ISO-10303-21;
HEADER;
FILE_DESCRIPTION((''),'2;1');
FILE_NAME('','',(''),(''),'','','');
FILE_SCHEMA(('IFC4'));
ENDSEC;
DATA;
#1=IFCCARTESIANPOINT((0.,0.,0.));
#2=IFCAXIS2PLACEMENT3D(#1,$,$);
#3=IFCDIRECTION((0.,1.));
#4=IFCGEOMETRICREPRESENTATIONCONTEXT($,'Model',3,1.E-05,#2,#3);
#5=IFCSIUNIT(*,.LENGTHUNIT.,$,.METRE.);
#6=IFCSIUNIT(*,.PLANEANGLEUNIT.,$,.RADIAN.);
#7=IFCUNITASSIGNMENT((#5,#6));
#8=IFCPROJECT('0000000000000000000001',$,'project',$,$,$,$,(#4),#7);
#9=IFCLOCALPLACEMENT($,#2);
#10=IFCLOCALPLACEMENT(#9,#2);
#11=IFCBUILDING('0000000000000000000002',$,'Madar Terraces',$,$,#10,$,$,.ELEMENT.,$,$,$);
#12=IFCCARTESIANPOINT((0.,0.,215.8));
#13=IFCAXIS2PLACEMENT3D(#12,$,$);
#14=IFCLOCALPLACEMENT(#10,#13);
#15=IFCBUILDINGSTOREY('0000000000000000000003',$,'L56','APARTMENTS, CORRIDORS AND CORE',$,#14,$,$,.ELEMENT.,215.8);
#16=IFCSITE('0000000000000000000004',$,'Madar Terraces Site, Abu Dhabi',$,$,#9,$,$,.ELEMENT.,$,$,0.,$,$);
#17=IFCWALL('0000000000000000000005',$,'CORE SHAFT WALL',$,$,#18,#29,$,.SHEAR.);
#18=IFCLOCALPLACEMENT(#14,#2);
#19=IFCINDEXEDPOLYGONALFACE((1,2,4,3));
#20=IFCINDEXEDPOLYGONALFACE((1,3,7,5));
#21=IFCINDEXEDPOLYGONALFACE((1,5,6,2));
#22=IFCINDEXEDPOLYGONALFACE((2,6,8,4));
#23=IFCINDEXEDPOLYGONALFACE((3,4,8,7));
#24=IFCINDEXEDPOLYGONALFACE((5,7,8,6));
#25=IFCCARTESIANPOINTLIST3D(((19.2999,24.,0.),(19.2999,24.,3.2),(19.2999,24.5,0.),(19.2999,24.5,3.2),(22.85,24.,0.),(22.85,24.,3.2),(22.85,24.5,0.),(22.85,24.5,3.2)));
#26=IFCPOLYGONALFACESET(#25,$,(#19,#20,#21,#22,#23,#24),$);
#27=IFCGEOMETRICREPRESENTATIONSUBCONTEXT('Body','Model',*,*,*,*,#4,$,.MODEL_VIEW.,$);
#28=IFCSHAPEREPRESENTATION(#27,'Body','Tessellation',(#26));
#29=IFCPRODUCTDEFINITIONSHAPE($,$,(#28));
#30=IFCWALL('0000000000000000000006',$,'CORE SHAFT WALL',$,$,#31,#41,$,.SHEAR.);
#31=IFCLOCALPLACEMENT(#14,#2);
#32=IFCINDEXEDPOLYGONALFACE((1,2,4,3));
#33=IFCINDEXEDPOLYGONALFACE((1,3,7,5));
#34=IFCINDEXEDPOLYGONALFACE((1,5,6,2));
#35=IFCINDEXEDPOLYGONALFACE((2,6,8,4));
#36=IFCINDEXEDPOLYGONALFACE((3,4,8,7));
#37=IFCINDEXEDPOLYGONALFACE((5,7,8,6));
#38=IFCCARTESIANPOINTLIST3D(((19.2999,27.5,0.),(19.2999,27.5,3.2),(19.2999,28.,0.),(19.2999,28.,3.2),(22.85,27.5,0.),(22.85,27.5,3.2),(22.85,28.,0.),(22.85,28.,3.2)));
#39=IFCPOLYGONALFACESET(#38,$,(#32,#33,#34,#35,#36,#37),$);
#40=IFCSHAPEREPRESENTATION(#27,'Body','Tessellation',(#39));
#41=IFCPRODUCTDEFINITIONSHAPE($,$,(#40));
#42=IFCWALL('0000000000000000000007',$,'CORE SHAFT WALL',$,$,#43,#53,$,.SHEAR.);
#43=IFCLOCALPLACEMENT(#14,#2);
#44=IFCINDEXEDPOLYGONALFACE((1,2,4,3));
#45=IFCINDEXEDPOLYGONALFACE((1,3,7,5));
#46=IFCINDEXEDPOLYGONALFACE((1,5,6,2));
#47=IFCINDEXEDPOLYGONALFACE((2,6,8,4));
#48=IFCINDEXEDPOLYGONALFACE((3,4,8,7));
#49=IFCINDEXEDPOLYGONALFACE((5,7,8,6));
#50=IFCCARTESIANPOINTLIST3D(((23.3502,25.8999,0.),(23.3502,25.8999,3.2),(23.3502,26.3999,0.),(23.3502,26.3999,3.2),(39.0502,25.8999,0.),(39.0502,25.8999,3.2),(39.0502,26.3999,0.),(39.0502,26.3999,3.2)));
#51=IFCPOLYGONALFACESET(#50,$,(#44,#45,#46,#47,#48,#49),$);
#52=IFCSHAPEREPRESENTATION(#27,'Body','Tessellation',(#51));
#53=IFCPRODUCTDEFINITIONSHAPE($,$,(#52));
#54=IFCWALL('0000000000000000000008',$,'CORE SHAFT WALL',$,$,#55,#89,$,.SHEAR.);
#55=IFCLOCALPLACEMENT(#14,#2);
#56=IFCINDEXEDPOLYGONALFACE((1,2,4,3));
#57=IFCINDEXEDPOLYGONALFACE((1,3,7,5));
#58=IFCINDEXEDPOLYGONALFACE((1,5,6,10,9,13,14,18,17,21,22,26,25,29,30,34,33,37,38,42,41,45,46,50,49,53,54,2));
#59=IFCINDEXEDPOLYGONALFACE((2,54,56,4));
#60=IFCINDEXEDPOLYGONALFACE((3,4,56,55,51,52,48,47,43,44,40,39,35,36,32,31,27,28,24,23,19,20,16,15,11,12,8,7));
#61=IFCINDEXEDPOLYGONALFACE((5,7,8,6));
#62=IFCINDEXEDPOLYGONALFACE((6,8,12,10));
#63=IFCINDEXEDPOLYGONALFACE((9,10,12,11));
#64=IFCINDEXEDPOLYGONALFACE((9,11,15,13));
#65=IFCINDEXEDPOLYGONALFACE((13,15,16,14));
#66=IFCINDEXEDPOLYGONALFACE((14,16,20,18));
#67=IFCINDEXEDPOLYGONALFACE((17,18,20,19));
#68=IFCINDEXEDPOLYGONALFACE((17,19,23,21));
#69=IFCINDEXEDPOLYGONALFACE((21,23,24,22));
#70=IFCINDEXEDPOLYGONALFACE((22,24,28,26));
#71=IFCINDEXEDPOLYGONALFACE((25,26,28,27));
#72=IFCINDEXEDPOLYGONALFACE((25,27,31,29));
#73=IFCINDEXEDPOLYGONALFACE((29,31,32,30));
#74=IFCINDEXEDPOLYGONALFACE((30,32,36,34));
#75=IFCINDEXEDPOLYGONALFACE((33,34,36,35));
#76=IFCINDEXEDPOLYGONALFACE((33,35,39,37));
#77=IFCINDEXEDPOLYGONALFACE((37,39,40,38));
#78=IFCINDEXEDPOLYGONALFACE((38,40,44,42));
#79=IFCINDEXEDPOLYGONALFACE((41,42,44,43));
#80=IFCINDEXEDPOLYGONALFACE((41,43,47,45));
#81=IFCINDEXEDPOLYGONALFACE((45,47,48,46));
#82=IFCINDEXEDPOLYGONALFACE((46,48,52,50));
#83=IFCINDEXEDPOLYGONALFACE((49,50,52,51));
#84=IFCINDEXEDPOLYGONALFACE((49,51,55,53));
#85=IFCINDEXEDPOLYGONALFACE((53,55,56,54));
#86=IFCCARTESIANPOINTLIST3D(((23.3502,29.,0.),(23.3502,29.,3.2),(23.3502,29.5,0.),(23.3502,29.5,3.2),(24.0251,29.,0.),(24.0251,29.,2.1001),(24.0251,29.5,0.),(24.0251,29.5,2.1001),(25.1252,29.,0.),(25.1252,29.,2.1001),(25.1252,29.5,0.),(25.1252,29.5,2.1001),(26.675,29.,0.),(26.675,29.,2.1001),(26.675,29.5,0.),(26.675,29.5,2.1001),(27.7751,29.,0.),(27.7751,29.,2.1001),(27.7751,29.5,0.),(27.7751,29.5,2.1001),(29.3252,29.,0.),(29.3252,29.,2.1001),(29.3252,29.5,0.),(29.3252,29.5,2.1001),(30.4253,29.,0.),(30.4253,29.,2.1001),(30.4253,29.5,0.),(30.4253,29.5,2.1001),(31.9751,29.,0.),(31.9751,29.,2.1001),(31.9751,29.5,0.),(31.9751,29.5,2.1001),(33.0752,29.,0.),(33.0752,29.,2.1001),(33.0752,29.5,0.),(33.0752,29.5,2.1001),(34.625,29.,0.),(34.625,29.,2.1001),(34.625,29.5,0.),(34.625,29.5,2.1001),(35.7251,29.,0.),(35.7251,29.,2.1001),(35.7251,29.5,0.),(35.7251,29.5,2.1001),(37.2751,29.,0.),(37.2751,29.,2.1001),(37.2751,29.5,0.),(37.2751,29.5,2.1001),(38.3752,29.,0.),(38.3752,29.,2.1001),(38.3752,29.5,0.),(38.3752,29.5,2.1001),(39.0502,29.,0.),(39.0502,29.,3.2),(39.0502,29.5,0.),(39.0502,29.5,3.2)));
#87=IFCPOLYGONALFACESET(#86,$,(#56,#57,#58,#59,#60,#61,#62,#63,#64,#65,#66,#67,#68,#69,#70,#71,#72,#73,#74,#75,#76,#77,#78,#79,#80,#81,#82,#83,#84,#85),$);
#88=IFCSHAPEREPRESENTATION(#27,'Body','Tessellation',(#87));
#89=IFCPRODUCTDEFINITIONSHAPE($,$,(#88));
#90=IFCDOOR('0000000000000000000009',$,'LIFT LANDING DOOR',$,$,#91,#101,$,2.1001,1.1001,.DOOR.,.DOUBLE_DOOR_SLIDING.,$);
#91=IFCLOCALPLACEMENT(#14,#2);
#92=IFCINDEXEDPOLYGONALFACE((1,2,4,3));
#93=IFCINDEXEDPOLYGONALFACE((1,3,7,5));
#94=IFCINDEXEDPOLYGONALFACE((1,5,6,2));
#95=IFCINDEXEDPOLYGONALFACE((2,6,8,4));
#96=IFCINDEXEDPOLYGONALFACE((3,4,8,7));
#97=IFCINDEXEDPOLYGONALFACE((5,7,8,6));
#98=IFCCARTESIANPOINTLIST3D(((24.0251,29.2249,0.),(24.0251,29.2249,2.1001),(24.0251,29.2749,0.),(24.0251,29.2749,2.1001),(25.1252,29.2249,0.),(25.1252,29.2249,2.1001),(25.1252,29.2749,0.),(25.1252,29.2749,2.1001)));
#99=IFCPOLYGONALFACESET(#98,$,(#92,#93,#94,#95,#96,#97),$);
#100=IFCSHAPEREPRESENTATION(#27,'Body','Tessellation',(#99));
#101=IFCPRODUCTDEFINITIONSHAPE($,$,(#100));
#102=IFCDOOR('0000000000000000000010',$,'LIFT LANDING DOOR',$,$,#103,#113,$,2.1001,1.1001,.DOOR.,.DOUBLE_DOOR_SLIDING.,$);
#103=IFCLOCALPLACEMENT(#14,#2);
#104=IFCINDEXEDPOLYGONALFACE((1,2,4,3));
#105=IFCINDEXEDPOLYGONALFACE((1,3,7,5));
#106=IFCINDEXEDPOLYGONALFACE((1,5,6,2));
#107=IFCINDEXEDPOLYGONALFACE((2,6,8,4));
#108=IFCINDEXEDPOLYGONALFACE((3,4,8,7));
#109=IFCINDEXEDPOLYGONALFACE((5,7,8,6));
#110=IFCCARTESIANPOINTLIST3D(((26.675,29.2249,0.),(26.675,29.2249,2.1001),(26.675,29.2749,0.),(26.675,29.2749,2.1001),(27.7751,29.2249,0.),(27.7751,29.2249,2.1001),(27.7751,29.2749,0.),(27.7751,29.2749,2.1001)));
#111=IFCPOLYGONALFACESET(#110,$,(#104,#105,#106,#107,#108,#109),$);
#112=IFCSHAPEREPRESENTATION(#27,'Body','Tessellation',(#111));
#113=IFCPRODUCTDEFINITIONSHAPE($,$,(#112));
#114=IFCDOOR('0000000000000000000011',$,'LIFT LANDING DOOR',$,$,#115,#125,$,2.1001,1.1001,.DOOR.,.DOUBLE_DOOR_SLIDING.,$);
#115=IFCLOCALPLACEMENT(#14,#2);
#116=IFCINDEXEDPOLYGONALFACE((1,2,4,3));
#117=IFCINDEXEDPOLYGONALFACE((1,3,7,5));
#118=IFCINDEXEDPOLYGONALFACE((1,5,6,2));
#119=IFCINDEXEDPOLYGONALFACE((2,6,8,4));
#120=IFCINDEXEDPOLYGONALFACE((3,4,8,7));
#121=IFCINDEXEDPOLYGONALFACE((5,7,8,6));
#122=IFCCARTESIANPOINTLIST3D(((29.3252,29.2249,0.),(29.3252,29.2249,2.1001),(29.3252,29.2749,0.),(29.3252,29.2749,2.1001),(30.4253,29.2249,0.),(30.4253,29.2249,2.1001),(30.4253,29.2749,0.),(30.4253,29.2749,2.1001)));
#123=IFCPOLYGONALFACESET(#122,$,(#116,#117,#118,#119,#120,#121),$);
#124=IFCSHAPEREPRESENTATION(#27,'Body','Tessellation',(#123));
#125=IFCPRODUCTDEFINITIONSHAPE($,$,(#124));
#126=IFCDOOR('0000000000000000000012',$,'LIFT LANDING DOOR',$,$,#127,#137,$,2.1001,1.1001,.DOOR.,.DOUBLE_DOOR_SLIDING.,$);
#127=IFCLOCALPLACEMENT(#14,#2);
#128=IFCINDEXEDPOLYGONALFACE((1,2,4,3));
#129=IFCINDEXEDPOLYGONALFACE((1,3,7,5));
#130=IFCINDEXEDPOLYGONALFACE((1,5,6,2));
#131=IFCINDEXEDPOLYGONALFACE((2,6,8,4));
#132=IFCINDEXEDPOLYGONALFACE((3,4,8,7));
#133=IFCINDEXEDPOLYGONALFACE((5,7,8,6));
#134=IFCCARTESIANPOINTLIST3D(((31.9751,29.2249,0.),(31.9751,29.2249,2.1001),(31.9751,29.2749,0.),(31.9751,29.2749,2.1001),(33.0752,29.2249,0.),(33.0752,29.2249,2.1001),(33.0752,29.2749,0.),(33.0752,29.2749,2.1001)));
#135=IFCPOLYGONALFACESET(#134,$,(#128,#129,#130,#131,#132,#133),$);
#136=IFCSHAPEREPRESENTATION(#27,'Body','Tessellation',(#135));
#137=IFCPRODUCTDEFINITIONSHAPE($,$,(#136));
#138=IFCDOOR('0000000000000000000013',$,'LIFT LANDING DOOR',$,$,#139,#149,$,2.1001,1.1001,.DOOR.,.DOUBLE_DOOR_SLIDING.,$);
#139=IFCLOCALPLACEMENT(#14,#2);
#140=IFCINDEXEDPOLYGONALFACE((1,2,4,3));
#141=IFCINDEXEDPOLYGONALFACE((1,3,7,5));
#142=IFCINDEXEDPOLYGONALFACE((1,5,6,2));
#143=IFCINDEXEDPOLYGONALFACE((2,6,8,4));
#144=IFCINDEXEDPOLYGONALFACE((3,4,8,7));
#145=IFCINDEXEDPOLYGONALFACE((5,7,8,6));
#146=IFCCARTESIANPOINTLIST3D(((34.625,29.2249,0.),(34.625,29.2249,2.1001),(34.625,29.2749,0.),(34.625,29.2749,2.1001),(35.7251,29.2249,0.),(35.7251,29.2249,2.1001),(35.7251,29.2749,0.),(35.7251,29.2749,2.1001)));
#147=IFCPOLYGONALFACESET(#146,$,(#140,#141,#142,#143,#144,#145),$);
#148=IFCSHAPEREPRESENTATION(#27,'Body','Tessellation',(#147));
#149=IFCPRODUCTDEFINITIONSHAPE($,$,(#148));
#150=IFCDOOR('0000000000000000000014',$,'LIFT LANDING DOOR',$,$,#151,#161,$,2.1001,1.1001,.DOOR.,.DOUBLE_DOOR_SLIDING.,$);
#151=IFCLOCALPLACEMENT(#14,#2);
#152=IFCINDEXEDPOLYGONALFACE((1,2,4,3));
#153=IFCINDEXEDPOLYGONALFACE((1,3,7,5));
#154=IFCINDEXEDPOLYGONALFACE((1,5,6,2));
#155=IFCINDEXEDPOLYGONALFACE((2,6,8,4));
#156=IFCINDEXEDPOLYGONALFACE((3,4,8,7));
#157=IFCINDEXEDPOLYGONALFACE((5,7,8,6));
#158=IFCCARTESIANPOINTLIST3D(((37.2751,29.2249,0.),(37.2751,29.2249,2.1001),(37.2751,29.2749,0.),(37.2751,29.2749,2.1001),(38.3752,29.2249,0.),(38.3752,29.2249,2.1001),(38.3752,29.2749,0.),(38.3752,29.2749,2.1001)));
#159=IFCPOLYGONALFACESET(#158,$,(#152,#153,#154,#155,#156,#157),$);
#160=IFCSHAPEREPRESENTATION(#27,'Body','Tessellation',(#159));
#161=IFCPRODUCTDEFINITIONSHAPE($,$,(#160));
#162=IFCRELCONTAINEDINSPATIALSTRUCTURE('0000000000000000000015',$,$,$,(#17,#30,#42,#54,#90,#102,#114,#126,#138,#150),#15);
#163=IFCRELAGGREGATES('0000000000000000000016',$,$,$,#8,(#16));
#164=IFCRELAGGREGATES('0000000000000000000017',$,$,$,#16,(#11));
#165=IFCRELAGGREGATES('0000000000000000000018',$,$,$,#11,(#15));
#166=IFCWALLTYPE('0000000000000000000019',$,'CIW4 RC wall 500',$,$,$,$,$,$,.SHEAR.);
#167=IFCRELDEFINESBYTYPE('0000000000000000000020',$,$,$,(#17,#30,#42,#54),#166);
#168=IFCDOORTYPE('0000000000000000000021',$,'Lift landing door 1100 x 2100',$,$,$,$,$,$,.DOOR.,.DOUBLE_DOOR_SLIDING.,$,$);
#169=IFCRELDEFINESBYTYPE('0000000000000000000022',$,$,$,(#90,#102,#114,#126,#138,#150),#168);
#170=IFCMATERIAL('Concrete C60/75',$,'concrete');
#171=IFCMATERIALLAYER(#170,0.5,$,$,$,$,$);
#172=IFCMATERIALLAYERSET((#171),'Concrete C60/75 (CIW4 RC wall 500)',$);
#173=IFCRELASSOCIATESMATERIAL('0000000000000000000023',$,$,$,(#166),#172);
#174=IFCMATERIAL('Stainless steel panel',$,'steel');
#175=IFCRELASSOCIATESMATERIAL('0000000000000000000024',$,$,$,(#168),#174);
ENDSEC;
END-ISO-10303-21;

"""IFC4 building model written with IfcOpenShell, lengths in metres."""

from ifc_helpers import new_model, si_unit, direction, frame, frame_2d, origin, place, context, subcontext, project, spatial, rectangle, extrude, material, layer, layer_set, type_object, element, fill, save


model = new_model("IFC4")

# Units and contexts
model_context = context("Model", 3, precision=1e-05, world=origin(), true_north=direction((0.0, 1.0)))
body_context = subcontext(model_context, "Body", "Model", "MODEL_VIEW")
ifc_project = project(units=[si_unit("LENGTHUNIT", "METRE"), si_unit("PLANEANGLEUNIT", "RADIAN")], contexts=[model_context])

# Site, building, storey
site_placement = place(None, origin())
site = spatial("IfcSite", under=ifc_project, at=site_placement, Name="Madar Terraces Site, Abu Dhabi", CompositionType="ELEMENT", RefElevation=0.0)
building_placement = place(site_placement, origin())
building = spatial("IfcBuilding", under=site, at=building_placement, Name="Madar Terraces", CompositionType="ELEMENT")
storey_placement = place(building_placement, frame((0.0, 0.0, 215.8)))
storey = spatial("IfcBuildingStorey", under=building, at=storey_placement, Name="L56", Description="APARTMENTS, CORRIDORS AND CORE", CompositionType="ELEMENT", Elevation=215.8)

# Walls
ifc_material_1 = material(Name="Concrete C60/75", Category="concrete")
ifc_layer_1 = layer(ifc_material_1, 0.5)
ifc_layer_set_1 = layer_set([ifc_layer_1], Name="Concrete C60/75 (CIW4 RC wall 500)")
wall_type_1 = type_object("IfcWallType", Name="CIW4 RC wall 500", PredefinedType="SHEAR", material=ifc_layer_set_1)
for number, where, z_axis, x_axis, name in (
    (1, (19.3, 24.25, 0.0), (0.0, 0.0, 1.0), (1.0, 0.0, 0.0), "CORE SHAFT WALL"),
    (2, (19.3, 27.75, 0.0), (0.0, 0.0, 1.0), (1.0, 0.0, 0.0), "CORE SHAFT WALL"),
):
    element("IfcWall", number, at=place(storey_placement, frame(where, z_axis=z_axis, x_axis=x_axis)), inside=storey, type_object=wall_type_1, Name=name, PredefinedType="SHEAR", context=body_context, shape_type="SweptSolid", body=[
        extrude(rectangle(XDim=3.55, YDim=0.5, at=frame_2d((1.7749, 0.0))), origin(), (0.0, 0.0, 1.0), 3.2),
    ])
wall_1_placement = place(storey_placement, frame((23.3501, 26.1499, 0.0), z_axis=(0.0, 0.0, 1.0), x_axis=(1.0, 0.0, 0.0)))
element("IfcWall", 3, at=wall_1_placement, inside=storey, type_object=wall_type_1, Name="CORE SHAFT WALL", PredefinedType="SHEAR", context=body_context, shape_type="SweptSolid", body=[
    extrude(rectangle(XDim=15.7, YDim=0.5, at=frame_2d((7.8501, 0.0))), origin(), (0.0, 0.0, 1.0), 3.2),
])

# Wall, openings, doors
wall_2_placement = place(storey_placement, frame((23.3501, 29.25, 0.0), z_axis=(0.0, 0.0, 1.0), x_axis=(1.0, 0.0, 0.0)))
wall_2 = element("IfcWall", 4, at=wall_2_placement, inside=storey, type_object=wall_type_1, Name="CORE SHAFT WALL", PredefinedType="SHEAR", context=body_context, shape_type="SweptSolid", body=[
    extrude(rectangle(XDim=15.7, YDim=0.5, at=frame_2d((7.8501, 0.0))), origin(), (0.0, 0.0, 1.0), 3.2),
])
opening_1_placement = place(wall_2_placement, frame((0.675, 0.0, 0.0)))
opening_1 = element("IfcOpeningElement", 5, at=opening_1_placement, cuts=wall_2, PredefinedType="OPENING", context=body_context, shape_type="SweptSolid", body=[
    extrude(rectangle(XDim=1.1001, YDim=2.1001, at=frame_2d((0.55, 1.05))), frame((0.0, 0.26, 0.0), z_axis=(0.0, -1.0, 0.0), x_axis=(1.0, 0.0, 0.0)), (0.0, 0.0, 1.0), 0.52),
])
opening_2_placement = place(wall_2_placement, frame((3.325, 0.0, 0.0)))
opening_2 = element("IfcOpeningElement", 6, at=opening_2_placement, cuts=wall_2, PredefinedType="OPENING", context=body_context, shape_type="SweptSolid", body=[
    extrude(rectangle(XDim=1.1001, YDim=2.1001, at=frame_2d((0.55, 1.05))), frame((0.0, 0.26, 0.0), z_axis=(0.0, -1.0, 0.0), x_axis=(1.0, 0.0, 0.0)), (0.0, 0.0, 1.0), 0.52),
])
opening_3_placement = place(wall_2_placement, frame((5.9751, 0.0, 0.0)))
opening_3 = element("IfcOpeningElement", 7, at=opening_3_placement, cuts=wall_2, PredefinedType="OPENING", context=body_context, shape_type="SweptSolid", body=[
    extrude(rectangle(XDim=1.1001, YDim=2.1001, at=frame_2d((0.55, 1.05))), frame((0.0, 0.26, 0.0), z_axis=(0.0, -1.0, 0.0), x_axis=(1.0, 0.0, 0.0)), (0.0, 0.0, 1.0), 0.52),
])
opening_4_placement = place(wall_2_placement, frame((8.625, 0.0, 0.0)))
opening_4 = element("IfcOpeningElement", 8, at=opening_4_placement, cuts=wall_2, PredefinedType="OPENING", context=body_context, shape_type="SweptSolid", body=[
    extrude(rectangle(XDim=1.1001, YDim=2.1001, at=frame_2d((0.55, 1.05))), frame((0.0, 0.26, 0.0), z_axis=(0.0, -1.0, 0.0), x_axis=(1.0, 0.0, 0.0)), (0.0, 0.0, 1.0), 0.52),
])
opening_5_placement = place(wall_2_placement, frame((11.2749, 0.0, 0.0)))
opening_5 = element("IfcOpeningElement", 9, at=opening_5_placement, cuts=wall_2, PredefinedType="OPENING", context=body_context, shape_type="SweptSolid", body=[
    extrude(rectangle(XDim=1.1001, YDim=2.1001, at=frame_2d((0.55, 1.05))), frame((0.0, 0.26, 0.0), z_axis=(0.0, -1.0, 0.0), x_axis=(1.0, 0.0, 0.0)), (0.0, 0.0, 1.0), 0.52),
])
opening_6_placement = place(wall_2_placement, frame((13.925, 0.0, 0.0)))
opening_6 = element("IfcOpeningElement", 10, at=opening_6_placement, cuts=wall_2, PredefinedType="OPENING", context=body_context, shape_type="SweptSolid", body=[
    extrude(rectangle(XDim=1.1001, YDim=2.1001, at=frame_2d((0.55, 1.05))), frame((0.0, 0.26, 0.0), z_axis=(0.0, -1.0, 0.0), x_axis=(1.0, 0.0, 0.0)), (0.0, 0.0, 1.0), 0.52),
])
ifc_material_2 = material(Name="Stainless steel panel", Category="steel")
door_type_1 = type_object("IfcDoorType", Name="Lift landing door 1100 x 2100", OperationType="DOUBLE_DOOR_SLIDING", PredefinedType="DOOR", material=ifc_material_2)
door_1_placement = place(opening_1_placement, origin())
door_1 = element("IfcDoor", 11, at=door_1_placement, inside=storey, type_object=door_type_1, Name="LIFT LANDING DOOR", OperationType="DOUBLE_DOOR_SLIDING", OverallHeight=2.1001, OverallWidth=1.1001, PredefinedType="DOOR", context=body_context, shape_type="SweptSolid", body=[
    extrude(rectangle(XDim=1.1001, YDim=2.1001, at=frame_2d((0.55, 1.05))), frame((0.0, 0.0249, 0.0), z_axis=(0.0, -1.0, 0.0), x_axis=(1.0, 0.0, 0.0)), (0.0, 0.0, 1.0), 0.05),
])
fill(opening_1, door_1)
door_2_placement = place(opening_2_placement, origin())
door_2 = element("IfcDoor", 12, at=door_2_placement, inside=storey, type_object=door_type_1, Name="LIFT LANDING DOOR", OperationType="DOUBLE_DOOR_SLIDING", OverallHeight=2.1001, OverallWidth=1.1001, PredefinedType="DOOR", context=body_context, shape_type="SweptSolid", body=[
    extrude(rectangle(XDim=1.1001, YDim=2.1001, at=frame_2d((0.55, 1.05))), frame((0.0, 0.0249, 0.0), z_axis=(0.0, -1.0, 0.0), x_axis=(1.0, 0.0, 0.0)), (0.0, 0.0, 1.0), 0.05),
])
fill(opening_2, door_2)
door_3_placement = place(opening_3_placement, origin())
door_3 = element("IfcDoor", 13, at=door_3_placement, inside=storey, type_object=door_type_1, Name="LIFT LANDING DOOR", OperationType="DOUBLE_DOOR_SLIDING", OverallHeight=2.1001, OverallWidth=1.1001, PredefinedType="DOOR", context=body_context, shape_type="SweptSolid", body=[
    extrude(rectangle(XDim=1.1001, YDim=2.1001, at=frame_2d((0.55, 1.05))), frame((0.0, 0.0249, 0.0), z_axis=(0.0, -1.0, 0.0), x_axis=(1.0, 0.0, 0.0)), (0.0, 0.0, 1.0), 0.05),
])
fill(opening_3, door_3)
door_4_placement = place(opening_4_placement, origin())
door_4 = element("IfcDoor", 14, at=door_4_placement, inside=storey, type_object=door_type_1, Name="LIFT LANDING DOOR", OperationType="DOUBLE_DOOR_SLIDING", OverallHeight=2.1001, OverallWidth=1.1001, PredefinedType="DOOR", context=body_context, shape_type="SweptSolid", body=[
    extrude(rectangle(XDim=1.1001, YDim=2.1001, at=frame_2d((0.55, 1.05))), frame((0.0, 0.0249, 0.0), z_axis=(0.0, -1.0, 0.0), x_axis=(1.0, 0.0, 0.0)), (0.0, 0.0, 1.0), 0.05),
])
fill(opening_4, door_4)
door_5_placement = place(opening_5_placement, origin())
door_5 = element("IfcDoor", 15, at=door_5_placement, inside=storey, type_object=door_type_1, Name="LIFT LANDING DOOR", OperationType="DOUBLE_DOOR_SLIDING", OverallHeight=2.1001, OverallWidth=1.1001, PredefinedType="DOOR", context=body_context, shape_type="SweptSolid", body=[
    extrude(rectangle(XDim=1.1001, YDim=2.1001, at=frame_2d((0.55, 1.05))), frame((0.0, 0.0249, 0.0), z_axis=(0.0, -1.0, 0.0), x_axis=(1.0, 0.0, 0.0)), (0.0, 0.0, 1.0), 0.05),
])
fill(opening_5, door_5)
door_6_placement = place(opening_6_placement, origin())
door_6 = element("IfcDoor", 16, at=door_6_placement, inside=storey, type_object=door_type_1, Name="LIFT LANDING DOOR", OperationType="DOUBLE_DOOR_SLIDING", OverallHeight=2.1001, OverallWidth=1.1001, PredefinedType="DOOR", context=body_context, shape_type="SweptSolid", body=[
    extrude(rectangle(XDim=1.1001, YDim=2.1001, at=frame_2d((0.55, 1.05))), frame((0.0, 0.0249, 0.0), z_axis=(0.0, -1.0, 0.0), x_axis=(1.0, 0.0, 0.0)), (0.0, 0.0, 1.0), 0.05),
])
fill(opening_6, door_6)

save(model, "model.ifc")
